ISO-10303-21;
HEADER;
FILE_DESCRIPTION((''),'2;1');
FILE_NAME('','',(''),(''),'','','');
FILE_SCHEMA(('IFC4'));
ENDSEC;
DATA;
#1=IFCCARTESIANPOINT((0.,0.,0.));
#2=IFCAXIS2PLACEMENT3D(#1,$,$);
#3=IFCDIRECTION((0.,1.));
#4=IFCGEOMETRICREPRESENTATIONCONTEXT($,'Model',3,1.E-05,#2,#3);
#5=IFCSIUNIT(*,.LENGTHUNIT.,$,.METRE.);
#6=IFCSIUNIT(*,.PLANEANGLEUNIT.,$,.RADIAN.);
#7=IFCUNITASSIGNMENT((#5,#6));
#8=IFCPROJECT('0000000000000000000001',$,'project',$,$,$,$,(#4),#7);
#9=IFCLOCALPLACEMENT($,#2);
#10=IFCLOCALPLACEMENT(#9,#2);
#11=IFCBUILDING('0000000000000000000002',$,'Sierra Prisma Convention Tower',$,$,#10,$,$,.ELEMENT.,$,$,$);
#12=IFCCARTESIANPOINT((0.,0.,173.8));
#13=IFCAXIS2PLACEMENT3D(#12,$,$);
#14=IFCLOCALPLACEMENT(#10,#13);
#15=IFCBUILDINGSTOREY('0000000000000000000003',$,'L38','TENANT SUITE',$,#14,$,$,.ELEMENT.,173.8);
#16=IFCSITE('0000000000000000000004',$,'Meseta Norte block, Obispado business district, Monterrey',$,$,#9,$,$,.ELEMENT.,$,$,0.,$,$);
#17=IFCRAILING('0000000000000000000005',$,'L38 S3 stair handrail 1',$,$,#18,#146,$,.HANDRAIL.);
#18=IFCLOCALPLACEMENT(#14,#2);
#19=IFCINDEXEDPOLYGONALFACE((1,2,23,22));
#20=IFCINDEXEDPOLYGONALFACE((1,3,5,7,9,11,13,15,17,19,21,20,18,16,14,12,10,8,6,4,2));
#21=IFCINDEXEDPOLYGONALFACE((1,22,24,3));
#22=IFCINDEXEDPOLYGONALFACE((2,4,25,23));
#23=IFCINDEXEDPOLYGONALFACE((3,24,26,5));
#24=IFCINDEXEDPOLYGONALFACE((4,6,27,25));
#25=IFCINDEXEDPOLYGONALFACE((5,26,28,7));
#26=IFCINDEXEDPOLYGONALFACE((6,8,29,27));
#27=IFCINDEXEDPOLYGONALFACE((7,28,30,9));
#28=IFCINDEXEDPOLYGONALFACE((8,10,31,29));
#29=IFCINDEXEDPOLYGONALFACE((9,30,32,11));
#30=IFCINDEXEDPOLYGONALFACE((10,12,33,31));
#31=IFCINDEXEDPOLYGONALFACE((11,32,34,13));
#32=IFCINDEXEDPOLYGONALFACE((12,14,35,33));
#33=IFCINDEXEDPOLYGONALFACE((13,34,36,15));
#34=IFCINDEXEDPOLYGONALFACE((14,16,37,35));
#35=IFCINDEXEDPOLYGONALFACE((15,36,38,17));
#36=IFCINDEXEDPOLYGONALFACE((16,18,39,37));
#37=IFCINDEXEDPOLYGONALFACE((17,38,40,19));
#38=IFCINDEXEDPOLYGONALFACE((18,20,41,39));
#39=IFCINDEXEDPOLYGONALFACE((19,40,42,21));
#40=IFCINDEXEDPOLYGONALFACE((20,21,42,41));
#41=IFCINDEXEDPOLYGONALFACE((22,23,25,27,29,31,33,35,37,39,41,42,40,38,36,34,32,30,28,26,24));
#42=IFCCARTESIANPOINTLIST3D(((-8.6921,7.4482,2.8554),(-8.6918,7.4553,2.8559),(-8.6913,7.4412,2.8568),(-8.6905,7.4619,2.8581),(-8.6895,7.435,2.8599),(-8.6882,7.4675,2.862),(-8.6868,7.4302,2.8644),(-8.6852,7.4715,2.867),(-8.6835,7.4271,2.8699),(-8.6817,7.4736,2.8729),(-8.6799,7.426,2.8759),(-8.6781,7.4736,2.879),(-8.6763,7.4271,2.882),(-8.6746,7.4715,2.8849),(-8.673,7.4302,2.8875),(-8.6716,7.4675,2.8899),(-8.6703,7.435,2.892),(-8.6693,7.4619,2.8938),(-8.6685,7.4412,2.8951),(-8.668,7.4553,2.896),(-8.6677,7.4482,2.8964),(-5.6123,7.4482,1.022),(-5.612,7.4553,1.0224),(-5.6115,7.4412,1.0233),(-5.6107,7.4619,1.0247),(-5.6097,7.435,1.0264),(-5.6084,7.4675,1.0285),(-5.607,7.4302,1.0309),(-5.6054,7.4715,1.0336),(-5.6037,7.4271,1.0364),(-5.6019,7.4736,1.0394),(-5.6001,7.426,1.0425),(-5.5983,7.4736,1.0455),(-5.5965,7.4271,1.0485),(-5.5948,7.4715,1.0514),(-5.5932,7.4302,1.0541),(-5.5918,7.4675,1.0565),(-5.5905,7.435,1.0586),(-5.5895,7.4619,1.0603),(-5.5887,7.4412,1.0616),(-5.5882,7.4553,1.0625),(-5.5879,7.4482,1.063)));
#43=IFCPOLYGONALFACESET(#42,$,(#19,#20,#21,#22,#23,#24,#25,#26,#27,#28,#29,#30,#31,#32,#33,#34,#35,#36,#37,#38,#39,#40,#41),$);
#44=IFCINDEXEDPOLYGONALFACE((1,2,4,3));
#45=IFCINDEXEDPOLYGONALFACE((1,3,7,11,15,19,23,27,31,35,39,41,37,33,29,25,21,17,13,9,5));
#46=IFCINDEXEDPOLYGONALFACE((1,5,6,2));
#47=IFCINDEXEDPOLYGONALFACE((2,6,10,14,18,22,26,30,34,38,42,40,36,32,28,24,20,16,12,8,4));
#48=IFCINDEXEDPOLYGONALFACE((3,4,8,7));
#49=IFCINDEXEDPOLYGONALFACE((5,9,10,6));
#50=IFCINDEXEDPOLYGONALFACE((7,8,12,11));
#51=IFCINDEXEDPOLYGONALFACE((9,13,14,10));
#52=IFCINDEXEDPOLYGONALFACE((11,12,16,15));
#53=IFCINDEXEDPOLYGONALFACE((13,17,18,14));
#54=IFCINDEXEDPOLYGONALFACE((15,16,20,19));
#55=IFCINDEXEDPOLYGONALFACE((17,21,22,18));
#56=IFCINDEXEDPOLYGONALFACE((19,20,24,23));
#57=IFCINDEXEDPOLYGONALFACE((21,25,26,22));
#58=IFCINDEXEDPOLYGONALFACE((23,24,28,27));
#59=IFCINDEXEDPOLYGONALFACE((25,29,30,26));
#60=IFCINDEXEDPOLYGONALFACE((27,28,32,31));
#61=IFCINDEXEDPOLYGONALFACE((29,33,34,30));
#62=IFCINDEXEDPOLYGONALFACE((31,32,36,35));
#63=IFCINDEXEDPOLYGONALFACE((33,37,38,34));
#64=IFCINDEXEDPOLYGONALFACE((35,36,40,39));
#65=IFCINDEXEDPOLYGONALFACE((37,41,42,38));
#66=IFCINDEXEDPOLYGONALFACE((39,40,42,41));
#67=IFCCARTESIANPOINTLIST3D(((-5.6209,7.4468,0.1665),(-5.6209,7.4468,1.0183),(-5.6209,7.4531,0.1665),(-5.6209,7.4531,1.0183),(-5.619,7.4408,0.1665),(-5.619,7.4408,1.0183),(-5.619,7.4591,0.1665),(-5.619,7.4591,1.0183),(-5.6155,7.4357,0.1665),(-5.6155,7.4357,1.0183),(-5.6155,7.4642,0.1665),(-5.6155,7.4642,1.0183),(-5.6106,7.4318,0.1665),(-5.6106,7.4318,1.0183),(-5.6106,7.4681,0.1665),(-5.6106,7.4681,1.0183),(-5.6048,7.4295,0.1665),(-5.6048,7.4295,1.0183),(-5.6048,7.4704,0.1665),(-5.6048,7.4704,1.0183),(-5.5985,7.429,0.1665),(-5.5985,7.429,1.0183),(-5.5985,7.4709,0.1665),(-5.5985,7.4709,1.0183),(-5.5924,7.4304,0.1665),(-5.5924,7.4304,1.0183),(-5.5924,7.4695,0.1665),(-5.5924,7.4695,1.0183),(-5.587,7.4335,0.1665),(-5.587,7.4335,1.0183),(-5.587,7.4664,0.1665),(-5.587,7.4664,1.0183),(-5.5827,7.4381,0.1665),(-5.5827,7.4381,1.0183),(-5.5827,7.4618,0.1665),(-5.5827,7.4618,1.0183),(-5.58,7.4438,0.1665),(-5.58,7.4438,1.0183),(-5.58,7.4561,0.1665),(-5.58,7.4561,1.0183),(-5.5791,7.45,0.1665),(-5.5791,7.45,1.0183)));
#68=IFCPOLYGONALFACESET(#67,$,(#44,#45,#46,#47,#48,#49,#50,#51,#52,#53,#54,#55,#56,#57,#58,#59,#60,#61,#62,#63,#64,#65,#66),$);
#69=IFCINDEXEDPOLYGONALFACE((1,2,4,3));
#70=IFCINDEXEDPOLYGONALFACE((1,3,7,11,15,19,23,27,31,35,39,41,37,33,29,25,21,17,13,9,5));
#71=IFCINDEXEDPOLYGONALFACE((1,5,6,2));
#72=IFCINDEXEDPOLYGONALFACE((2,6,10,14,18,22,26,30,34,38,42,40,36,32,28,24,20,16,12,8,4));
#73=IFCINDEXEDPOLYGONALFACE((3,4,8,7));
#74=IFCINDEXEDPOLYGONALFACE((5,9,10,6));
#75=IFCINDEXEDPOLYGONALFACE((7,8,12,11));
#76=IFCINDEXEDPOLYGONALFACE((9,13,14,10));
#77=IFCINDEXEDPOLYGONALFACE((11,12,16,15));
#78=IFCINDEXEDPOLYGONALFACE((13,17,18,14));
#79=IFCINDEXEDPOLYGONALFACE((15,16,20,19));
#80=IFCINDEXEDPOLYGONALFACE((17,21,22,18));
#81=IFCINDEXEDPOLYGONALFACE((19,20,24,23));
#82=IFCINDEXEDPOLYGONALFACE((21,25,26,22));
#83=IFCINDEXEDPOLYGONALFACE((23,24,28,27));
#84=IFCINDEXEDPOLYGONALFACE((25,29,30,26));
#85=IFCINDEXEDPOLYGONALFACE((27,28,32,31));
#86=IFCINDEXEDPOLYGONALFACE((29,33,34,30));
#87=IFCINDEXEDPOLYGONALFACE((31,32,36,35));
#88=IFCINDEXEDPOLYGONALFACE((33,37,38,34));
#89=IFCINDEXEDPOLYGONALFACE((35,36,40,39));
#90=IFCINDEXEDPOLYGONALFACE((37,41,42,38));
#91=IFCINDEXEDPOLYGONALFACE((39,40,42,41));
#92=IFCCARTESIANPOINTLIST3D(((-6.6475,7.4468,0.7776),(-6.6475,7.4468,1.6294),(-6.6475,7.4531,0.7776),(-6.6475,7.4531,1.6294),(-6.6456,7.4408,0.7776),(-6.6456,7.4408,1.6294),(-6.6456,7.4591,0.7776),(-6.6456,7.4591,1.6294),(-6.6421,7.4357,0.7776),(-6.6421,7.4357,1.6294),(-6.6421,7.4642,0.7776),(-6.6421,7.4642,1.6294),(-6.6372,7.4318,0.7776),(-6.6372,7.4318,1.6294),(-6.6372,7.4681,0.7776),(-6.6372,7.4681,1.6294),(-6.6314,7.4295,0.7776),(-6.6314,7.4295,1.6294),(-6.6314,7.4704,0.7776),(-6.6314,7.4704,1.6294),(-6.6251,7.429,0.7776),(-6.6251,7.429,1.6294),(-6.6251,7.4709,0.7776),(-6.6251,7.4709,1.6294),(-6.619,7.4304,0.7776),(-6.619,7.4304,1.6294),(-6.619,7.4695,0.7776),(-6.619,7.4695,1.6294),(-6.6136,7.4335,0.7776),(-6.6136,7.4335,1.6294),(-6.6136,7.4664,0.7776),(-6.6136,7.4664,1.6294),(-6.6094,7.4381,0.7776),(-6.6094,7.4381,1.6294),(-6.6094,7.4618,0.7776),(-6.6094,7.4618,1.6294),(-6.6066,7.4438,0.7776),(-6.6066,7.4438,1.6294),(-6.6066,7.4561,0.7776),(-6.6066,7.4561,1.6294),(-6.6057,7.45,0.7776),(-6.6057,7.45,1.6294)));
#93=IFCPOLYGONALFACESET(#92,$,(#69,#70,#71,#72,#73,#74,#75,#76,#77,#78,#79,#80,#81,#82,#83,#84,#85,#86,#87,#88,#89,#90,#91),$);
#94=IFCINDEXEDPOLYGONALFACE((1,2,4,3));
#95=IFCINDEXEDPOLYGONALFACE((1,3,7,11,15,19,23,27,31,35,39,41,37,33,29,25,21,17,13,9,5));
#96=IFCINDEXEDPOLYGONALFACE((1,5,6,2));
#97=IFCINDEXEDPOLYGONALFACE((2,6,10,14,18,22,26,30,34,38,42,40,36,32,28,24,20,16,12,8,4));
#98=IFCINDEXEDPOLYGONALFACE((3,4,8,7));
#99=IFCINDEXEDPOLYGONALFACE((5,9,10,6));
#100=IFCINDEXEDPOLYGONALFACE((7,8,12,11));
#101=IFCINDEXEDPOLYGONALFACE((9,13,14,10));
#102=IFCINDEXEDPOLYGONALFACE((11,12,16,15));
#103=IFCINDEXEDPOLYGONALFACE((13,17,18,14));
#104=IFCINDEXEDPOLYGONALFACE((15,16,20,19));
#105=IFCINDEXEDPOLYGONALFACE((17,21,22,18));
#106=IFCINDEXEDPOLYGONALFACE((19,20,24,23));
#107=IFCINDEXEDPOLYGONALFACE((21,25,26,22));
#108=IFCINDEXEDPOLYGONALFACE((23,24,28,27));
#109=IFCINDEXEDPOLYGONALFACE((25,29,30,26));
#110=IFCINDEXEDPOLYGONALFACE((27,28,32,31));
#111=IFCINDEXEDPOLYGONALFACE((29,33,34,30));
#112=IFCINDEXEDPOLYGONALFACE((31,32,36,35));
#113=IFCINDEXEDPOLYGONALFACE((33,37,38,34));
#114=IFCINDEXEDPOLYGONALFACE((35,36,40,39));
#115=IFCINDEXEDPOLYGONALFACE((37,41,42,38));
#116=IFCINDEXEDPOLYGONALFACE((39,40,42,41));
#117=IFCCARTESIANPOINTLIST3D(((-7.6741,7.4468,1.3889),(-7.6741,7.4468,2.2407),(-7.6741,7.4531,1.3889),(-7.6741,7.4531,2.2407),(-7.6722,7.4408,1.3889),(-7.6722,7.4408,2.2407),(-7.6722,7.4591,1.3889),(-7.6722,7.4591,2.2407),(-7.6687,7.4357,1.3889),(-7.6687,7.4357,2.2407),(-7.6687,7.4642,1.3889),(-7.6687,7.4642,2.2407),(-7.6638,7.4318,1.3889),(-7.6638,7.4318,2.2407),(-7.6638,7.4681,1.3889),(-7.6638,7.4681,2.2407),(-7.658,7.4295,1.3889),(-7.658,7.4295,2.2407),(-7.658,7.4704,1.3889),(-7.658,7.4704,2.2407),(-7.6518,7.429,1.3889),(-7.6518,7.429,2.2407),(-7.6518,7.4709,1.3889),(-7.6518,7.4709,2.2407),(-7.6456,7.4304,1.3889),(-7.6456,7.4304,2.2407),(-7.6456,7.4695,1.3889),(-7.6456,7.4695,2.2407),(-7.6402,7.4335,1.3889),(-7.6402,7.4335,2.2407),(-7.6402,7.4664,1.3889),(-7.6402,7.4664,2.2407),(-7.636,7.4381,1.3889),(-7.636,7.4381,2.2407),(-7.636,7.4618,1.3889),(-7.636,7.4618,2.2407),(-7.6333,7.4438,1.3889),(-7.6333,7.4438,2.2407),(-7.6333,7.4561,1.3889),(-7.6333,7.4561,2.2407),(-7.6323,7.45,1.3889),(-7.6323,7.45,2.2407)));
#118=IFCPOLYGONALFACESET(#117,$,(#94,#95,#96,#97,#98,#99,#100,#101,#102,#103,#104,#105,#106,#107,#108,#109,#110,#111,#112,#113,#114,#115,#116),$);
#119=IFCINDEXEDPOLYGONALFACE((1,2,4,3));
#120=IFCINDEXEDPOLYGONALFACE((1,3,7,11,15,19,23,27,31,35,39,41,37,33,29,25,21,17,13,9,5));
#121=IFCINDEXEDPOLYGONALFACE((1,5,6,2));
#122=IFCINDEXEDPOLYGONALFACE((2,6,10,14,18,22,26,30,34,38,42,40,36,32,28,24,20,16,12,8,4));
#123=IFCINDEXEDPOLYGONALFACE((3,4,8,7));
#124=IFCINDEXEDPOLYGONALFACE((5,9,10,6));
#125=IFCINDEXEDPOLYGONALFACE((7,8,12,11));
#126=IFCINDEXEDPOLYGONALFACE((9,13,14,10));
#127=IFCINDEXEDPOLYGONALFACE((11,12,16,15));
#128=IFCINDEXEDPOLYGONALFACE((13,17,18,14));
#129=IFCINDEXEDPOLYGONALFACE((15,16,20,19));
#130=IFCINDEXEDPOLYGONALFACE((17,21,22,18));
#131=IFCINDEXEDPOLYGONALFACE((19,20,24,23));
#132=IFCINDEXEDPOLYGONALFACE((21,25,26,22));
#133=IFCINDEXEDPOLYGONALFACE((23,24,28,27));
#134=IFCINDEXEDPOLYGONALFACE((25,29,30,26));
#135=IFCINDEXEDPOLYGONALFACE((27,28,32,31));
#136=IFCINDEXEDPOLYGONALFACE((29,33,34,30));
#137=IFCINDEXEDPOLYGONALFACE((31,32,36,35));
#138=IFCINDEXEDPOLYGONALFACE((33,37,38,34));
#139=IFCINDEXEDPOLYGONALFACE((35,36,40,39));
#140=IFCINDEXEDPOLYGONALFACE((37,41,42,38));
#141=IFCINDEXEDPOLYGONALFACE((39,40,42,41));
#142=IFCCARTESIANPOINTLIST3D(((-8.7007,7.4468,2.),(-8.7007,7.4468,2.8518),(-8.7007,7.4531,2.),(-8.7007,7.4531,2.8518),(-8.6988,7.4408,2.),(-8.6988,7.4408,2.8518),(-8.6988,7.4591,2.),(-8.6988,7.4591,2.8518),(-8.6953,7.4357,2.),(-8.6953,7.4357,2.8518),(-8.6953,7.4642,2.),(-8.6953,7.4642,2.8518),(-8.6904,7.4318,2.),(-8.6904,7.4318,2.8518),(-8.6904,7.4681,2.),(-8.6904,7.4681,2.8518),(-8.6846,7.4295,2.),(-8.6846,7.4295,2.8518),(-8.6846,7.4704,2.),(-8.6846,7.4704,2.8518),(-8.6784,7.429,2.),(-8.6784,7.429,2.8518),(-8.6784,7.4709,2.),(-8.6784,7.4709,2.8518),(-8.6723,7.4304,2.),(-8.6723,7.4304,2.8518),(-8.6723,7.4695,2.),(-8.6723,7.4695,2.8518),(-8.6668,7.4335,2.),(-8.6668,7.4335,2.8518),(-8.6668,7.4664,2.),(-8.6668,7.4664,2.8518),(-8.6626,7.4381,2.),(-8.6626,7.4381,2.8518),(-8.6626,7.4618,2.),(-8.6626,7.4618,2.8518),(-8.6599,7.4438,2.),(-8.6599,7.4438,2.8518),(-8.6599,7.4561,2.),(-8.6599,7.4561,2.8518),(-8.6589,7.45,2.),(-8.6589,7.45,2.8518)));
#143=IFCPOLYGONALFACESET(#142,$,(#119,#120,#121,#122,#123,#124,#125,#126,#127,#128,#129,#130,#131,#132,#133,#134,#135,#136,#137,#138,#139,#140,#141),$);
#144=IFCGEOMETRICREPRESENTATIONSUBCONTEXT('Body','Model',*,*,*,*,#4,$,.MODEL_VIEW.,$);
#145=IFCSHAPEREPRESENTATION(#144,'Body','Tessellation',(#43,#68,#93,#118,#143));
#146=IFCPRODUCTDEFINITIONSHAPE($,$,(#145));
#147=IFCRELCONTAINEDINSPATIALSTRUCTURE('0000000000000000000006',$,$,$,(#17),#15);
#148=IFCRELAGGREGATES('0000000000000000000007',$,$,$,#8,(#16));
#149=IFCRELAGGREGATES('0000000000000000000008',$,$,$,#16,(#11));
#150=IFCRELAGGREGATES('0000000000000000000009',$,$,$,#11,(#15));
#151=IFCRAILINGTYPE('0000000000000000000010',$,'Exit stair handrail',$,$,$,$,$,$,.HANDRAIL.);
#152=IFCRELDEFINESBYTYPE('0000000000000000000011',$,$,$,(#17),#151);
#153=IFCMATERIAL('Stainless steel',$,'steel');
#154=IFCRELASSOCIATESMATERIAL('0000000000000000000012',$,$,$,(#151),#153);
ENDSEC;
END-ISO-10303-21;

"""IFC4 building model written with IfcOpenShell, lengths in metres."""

from ifc_helpers import new_model, si_unit, direction, frame, origin, origin_2d, place, context, subcontext, project, spatial, circle, extrude, material, type_object, element, save


model = new_model("IFC4")

# Units and contexts
model_context = context("Model", 3, precision=1e-05, world=origin(), true_north=direction((0.0, 1.0)))
body_context = subcontext(model_context, "Body", "Model", "MODEL_VIEW")
ifc_project = project(units=[si_unit("LENGTHUNIT", "METRE"), si_unit("PLANEANGLEUNIT", "RADIAN")], contexts=[model_context])

# Site, building, storey
site_placement = place(None, origin())
site = spatial("IfcSite", under=ifc_project, at=site_placement, Name="Meseta Norte block, Obispado business district, Monterrey", CompositionType="ELEMENT", RefElevation=0.0)
building_placement = place(site_placement, origin())
building = spatial("IfcBuilding", under=site, at=building_placement, Name="Sierra Prisma Convention Tower", CompositionType="ELEMENT")
storey_placement = place(building_placement, frame((0.0, 0.0, 173.8)))
storey = spatial("IfcBuildingStorey", under=building, at=storey_placement, Name="L38", Description="TENANT SUITE", CompositionType="ELEMENT", Elevation=173.8)

# Railing
ifc_material_1 = material(Name="Stainless steel", Category="steel")
railing_type_1 = type_object("IfcRailingType", Name="Exit stair handrail", PredefinedType="HANDRAIL", material=ifc_material_1)
railing_1_placement = place(storey_placement, frame((-5.6001, 7.45, 0.1665)))
element("IfcRailing", 1, at=railing_1_placement, inside=storey, type_object=railing_type_1, Name="L38 S3 stair handrail 1", PredefinedType="HANDRAIL", context=body_context, shape_type="SweptSolid", body=[
    extrude(circle(Radius=0.0239, at=origin_2d()), frame((0.0, 0.0, 0.876), z_axis=(-0.859261, 0.0, 0.511538), x_axis=(0.0, -1.0, 0.0)), (0.0, 0.0, 1.0), 3.5842),
    extrude(circle(Radius=0.021, at=origin_2d()), origin(), (0.0, 0.0, 1.0), 0.8518),
    extrude(circle(Radius=0.021, at=origin_2d()), frame((-1.0266, 0.0, 0.6111)), (0.0, 0.0, 1.0), 0.8518),
    extrude(circle(Radius=0.021, at=origin_2d()), frame((-2.0532, 0.0, 1.2224)), (0.0, 0.0, 1.0), 0.8518),
    extrude(circle(Radius=0.021, at=origin_2d()), frame((-3.0798, 0.0, 1.8335)), (0.0, 0.0, 1.0), 0.8518),
])

save(model, "model.ifc")
